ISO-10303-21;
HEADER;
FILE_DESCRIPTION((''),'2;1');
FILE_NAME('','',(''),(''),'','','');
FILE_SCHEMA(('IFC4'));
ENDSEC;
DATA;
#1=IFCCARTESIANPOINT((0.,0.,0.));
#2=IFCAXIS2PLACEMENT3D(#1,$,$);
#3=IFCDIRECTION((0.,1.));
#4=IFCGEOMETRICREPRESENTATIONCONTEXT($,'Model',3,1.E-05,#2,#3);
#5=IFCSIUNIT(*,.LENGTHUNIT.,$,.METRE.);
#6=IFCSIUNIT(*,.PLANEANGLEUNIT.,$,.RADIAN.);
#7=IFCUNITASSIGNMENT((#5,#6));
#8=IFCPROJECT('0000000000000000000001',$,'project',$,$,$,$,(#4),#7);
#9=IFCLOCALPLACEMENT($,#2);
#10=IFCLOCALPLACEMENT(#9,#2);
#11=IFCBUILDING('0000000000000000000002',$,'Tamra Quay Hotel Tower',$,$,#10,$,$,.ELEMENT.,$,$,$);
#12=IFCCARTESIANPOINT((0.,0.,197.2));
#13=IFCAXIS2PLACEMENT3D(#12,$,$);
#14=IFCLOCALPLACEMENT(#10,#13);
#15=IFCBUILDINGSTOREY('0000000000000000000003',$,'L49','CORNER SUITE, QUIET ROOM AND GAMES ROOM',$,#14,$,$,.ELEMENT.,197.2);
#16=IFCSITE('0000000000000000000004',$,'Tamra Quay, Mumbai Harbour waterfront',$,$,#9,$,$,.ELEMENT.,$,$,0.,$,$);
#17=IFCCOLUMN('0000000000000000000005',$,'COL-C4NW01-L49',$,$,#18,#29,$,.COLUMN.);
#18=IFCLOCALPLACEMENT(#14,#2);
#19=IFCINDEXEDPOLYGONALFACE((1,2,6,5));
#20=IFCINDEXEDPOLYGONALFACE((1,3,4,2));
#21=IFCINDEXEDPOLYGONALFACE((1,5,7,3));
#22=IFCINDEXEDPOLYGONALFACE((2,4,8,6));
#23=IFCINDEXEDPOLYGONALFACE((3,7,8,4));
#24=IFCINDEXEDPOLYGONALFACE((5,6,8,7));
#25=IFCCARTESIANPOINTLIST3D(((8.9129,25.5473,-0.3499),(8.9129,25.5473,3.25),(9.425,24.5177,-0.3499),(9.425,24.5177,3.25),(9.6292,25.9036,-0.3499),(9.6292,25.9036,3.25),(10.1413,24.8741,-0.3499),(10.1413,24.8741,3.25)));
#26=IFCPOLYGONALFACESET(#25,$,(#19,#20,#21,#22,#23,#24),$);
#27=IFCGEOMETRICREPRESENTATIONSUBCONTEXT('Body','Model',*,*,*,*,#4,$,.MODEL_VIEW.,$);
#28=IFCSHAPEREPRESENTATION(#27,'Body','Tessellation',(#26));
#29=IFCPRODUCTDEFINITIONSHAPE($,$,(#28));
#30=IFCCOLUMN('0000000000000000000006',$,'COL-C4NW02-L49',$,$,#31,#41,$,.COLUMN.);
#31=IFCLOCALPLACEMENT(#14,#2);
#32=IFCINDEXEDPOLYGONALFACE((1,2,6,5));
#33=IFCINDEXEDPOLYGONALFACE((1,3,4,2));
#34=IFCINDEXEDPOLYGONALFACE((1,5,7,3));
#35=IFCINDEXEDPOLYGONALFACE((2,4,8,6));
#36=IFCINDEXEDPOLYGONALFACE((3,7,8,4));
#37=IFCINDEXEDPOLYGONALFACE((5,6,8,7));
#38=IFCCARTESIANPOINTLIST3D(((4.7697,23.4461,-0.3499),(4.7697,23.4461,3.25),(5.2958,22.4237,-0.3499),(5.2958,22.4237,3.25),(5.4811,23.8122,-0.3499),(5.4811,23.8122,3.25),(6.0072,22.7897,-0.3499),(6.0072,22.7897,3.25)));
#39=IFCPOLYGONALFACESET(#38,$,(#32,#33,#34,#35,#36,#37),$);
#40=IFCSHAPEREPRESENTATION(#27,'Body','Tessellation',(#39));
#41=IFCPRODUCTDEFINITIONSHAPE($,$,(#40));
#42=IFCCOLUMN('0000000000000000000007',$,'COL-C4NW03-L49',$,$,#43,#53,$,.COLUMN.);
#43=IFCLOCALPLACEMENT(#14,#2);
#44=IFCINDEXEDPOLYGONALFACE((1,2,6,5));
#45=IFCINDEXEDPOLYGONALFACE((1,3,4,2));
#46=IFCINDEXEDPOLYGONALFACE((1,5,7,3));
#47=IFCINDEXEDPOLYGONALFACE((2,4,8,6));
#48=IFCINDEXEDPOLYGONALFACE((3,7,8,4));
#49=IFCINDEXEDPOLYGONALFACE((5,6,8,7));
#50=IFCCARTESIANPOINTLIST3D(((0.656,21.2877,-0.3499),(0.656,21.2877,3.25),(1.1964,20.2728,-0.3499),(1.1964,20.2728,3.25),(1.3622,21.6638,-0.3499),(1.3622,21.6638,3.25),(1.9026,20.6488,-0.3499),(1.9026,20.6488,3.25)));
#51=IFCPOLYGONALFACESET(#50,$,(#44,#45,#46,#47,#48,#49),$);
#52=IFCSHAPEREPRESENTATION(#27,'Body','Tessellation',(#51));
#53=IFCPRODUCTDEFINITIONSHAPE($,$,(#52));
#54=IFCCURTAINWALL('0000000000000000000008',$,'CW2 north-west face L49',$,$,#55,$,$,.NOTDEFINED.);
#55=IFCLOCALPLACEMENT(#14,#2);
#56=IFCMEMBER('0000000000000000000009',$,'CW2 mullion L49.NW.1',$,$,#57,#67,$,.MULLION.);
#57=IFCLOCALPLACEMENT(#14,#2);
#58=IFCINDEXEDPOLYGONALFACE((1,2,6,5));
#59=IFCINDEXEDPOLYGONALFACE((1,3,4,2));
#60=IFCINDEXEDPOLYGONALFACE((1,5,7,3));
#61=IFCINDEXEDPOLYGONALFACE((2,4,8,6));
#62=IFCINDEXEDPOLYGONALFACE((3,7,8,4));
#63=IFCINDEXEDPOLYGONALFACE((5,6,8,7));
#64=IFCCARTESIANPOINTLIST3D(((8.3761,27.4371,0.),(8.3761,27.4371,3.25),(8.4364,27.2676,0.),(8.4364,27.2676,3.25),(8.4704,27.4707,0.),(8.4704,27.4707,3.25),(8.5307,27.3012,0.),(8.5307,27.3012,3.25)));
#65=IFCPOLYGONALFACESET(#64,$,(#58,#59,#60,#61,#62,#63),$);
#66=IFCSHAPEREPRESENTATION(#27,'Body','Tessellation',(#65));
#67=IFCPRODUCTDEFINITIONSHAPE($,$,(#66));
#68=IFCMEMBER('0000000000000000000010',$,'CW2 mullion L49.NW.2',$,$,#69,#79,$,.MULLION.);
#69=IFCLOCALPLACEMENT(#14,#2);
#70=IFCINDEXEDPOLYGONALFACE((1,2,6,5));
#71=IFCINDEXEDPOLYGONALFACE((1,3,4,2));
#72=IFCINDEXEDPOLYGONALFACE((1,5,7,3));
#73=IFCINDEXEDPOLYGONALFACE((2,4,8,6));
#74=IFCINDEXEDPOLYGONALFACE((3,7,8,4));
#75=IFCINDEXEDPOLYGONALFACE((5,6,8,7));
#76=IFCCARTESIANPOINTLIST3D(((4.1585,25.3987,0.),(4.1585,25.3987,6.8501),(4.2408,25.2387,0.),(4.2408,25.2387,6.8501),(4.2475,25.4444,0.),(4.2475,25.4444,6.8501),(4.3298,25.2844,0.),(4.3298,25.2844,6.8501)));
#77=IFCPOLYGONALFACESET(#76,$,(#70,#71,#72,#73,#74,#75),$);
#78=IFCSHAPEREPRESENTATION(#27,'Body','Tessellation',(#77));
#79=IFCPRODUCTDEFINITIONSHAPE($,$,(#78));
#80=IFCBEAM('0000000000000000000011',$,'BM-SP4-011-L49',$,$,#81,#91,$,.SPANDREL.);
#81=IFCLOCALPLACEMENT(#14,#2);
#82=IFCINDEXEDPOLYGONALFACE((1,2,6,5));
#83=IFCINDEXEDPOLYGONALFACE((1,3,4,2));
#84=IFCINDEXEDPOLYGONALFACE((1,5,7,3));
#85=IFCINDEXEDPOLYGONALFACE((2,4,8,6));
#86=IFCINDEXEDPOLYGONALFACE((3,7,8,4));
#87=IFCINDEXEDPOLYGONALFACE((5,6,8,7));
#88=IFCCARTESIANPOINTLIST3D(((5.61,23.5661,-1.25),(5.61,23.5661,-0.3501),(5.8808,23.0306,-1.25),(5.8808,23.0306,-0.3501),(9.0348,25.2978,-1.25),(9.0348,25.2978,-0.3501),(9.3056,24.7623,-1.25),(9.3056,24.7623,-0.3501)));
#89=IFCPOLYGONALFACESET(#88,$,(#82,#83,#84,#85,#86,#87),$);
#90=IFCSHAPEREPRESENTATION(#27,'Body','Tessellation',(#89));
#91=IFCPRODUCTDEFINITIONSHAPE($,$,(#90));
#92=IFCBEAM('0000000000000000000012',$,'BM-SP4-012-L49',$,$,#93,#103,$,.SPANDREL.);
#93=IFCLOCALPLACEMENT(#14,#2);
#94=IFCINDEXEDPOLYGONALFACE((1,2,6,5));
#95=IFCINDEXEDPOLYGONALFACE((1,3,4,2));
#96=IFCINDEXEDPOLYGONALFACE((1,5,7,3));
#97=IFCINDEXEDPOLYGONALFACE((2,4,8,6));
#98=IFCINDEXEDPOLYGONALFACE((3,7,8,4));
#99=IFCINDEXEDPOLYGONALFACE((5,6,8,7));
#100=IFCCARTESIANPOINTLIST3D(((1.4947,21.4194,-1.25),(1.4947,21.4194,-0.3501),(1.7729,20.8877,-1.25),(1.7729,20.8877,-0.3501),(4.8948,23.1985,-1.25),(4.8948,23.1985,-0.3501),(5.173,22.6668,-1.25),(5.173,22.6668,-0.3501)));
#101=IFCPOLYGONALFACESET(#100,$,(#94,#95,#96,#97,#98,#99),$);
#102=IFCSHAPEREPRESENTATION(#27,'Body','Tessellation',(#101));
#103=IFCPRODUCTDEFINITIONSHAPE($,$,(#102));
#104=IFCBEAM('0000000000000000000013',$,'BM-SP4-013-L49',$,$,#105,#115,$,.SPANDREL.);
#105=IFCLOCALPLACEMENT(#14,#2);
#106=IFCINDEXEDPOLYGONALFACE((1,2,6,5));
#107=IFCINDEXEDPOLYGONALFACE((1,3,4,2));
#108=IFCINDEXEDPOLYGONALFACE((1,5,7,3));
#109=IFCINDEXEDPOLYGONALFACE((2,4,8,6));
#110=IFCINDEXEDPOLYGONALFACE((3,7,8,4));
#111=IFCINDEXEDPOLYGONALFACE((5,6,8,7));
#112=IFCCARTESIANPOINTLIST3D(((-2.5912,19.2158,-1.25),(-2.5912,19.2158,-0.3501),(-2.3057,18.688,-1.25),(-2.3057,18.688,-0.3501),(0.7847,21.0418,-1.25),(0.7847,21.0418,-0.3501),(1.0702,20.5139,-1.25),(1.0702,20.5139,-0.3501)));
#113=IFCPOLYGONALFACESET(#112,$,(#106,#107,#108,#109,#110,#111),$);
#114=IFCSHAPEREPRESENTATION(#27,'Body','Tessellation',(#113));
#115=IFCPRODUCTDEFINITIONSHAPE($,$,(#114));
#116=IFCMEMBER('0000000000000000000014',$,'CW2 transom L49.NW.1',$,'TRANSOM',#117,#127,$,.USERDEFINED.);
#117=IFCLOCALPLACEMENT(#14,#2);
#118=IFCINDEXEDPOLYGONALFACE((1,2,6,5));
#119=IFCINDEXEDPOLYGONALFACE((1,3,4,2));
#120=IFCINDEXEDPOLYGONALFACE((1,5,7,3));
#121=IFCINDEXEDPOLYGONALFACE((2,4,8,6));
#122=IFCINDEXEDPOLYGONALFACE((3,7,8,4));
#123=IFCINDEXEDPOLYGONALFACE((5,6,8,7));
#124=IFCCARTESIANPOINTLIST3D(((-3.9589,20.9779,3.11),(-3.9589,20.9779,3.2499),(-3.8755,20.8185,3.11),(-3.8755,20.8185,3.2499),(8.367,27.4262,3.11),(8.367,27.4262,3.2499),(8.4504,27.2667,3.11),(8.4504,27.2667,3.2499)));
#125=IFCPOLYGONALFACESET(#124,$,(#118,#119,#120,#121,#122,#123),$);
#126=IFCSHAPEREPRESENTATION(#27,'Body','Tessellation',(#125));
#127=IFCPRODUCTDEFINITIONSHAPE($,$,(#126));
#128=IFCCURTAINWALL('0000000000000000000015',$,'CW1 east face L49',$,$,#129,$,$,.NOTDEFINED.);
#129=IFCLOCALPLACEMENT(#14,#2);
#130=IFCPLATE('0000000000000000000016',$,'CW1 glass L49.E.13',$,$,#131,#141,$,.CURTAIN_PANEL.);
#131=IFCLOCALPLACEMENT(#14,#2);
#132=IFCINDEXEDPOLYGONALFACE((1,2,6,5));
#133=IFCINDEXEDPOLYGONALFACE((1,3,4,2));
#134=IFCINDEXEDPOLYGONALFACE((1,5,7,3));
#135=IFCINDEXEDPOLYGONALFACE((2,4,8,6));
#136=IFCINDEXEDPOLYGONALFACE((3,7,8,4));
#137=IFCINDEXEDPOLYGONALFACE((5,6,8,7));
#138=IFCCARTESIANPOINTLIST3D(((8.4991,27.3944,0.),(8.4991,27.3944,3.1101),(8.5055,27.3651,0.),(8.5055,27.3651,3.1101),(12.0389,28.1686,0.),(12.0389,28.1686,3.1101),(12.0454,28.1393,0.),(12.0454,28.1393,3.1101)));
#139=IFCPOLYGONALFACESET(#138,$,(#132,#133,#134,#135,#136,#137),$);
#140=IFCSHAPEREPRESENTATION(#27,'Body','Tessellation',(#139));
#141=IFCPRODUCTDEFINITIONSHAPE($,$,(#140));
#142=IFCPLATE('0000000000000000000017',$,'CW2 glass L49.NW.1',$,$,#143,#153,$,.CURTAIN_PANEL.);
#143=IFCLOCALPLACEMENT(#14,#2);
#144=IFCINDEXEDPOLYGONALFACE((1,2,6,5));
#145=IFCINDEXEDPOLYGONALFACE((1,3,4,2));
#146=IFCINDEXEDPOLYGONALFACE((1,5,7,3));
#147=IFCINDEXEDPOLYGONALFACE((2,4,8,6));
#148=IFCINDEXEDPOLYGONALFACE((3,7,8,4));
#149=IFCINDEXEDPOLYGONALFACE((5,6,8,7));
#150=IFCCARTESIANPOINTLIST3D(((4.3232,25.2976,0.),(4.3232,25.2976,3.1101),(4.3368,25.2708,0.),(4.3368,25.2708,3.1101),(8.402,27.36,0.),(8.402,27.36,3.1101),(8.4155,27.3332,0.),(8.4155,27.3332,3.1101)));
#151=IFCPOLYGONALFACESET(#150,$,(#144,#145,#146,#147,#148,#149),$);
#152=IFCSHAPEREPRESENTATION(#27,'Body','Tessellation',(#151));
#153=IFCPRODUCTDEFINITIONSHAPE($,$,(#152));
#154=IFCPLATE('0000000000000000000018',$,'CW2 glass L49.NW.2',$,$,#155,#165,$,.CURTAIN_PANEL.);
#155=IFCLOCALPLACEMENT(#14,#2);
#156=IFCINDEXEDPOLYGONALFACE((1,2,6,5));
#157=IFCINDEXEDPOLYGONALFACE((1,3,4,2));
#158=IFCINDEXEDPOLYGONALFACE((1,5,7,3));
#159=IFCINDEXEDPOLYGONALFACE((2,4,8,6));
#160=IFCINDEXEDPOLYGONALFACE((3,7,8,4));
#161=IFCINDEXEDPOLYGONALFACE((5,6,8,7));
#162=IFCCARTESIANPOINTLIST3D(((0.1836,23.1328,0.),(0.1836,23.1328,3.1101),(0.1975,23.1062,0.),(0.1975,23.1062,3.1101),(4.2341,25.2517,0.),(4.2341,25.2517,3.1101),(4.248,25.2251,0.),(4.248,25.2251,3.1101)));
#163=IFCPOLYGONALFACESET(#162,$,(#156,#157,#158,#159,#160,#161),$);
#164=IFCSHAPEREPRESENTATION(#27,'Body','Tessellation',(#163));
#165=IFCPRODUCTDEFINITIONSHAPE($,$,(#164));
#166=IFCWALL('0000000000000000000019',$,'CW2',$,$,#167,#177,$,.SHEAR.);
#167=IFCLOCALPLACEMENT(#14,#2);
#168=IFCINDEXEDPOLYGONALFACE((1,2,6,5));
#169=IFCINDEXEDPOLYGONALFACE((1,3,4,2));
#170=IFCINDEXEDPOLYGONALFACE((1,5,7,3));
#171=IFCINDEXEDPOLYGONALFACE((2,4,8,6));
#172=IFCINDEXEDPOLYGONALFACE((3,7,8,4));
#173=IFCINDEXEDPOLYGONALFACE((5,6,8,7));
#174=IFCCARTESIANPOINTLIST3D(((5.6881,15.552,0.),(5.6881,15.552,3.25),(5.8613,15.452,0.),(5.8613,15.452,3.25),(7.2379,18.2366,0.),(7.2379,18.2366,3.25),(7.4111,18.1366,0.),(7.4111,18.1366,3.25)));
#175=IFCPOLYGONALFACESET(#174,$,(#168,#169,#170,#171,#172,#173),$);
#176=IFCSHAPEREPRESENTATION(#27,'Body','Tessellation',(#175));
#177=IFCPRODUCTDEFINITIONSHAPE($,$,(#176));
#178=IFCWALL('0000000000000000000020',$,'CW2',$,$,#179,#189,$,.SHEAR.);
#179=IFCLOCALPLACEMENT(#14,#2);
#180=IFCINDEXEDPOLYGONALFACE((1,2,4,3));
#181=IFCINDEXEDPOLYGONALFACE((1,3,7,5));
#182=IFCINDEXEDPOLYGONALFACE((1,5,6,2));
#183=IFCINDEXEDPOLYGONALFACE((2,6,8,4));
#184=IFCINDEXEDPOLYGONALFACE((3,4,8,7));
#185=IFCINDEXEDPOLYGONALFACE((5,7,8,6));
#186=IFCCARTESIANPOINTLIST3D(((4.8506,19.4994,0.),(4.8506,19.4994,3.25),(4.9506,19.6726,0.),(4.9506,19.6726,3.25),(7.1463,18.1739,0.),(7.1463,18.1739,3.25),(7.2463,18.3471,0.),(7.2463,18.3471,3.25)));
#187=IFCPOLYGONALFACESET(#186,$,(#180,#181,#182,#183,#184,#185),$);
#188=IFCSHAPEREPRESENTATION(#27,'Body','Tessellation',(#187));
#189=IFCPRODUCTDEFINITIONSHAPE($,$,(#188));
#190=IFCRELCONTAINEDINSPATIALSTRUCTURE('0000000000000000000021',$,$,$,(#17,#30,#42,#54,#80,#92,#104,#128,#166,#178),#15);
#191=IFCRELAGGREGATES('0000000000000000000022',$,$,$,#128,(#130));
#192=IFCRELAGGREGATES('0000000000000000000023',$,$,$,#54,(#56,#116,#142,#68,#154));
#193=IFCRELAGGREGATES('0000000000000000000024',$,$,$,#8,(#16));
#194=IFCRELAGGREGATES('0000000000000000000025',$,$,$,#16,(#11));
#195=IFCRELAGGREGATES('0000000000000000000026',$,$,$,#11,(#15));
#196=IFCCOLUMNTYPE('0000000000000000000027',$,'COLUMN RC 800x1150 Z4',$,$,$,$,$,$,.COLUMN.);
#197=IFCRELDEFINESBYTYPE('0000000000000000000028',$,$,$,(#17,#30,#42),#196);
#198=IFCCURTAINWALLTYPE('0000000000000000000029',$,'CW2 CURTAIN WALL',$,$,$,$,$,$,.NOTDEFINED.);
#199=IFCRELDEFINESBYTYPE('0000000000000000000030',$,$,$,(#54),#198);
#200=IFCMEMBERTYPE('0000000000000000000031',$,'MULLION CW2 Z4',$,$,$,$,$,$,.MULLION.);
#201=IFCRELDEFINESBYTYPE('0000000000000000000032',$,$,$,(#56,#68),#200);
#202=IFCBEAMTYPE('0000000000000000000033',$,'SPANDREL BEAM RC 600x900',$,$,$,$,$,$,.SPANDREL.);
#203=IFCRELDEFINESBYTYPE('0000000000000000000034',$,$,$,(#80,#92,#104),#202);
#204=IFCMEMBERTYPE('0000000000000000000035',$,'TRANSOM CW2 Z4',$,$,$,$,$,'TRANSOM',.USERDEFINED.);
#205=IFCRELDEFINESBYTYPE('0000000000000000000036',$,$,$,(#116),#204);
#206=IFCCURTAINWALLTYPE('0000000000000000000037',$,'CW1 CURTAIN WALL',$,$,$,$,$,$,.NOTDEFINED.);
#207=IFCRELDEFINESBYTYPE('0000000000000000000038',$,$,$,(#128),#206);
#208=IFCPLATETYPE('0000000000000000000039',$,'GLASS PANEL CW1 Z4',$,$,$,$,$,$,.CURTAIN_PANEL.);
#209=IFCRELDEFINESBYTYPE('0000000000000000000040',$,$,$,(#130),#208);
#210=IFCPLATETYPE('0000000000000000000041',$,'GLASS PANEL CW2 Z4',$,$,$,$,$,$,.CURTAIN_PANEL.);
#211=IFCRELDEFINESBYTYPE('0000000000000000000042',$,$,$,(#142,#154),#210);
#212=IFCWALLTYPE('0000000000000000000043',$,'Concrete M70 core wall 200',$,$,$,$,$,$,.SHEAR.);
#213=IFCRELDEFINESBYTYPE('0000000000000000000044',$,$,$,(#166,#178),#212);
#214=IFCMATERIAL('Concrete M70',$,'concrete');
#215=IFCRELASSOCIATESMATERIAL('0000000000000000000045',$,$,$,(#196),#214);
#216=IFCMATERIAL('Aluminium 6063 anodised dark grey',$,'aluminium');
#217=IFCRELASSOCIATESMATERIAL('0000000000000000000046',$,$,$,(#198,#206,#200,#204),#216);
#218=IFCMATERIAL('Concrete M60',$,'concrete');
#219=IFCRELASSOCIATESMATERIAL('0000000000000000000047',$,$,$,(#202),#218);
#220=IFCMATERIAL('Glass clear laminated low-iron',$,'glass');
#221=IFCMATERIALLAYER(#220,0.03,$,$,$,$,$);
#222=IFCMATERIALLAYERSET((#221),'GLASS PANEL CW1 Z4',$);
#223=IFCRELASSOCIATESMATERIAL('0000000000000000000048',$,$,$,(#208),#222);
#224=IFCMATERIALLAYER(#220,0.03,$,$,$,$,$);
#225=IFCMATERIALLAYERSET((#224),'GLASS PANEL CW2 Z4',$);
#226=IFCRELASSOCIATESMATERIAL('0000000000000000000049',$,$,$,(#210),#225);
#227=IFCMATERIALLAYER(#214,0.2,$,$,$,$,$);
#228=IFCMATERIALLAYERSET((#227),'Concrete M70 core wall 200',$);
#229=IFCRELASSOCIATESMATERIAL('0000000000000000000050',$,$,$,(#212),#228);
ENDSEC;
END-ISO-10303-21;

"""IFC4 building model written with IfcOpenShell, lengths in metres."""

from ifc_helpers import new_model, si_unit, direction, frame, frame_2d, origin, origin_2d, place, context, subcontext, project, spatial, rectangle, extrude, material, layer, layer_set, material_profile, profile_set, type_object, element, aggregate, save


model = new_model("IFC4")

# Units and contexts
model_context = context("Model", 3, precision=1e-05, world=origin(), true_north=direction((0.0, 1.0)))
body_context = subcontext(model_context, "Body", "Model", "MODEL_VIEW")
ifc_project = project(units=[si_unit("LENGTHUNIT", "METRE"), si_unit("PLANEANGLEUNIT", "RADIAN")], contexts=[model_context])

# Site, building, storey
site_placement = place(None, origin())
site = spatial("IfcSite", under=ifc_project, at=site_placement, Name="Tamra Quay, Mumbai Harbour waterfront", CompositionType="ELEMENT", RefElevation=0.0)
building_placement = place(site_placement, origin())
building = spatial("IfcBuilding", under=site, at=building_placement, Name="Tamra Quay Hotel Tower", CompositionType="ELEMENT")
storey_placement = place(building_placement, frame((0.0, 0.0, 197.2)))
storey = spatial("IfcBuildingStorey", under=building, at=storey_placement, Name="L49", Description="CORNER SUITE, QUIET ROOM AND GAMES ROOM", CompositionType="ELEMENT", Elevation=197.2)

# Columns
ifc_material_1 = material(Name="Concrete M70", Category="concrete")
ifc_material_profile_1 = material_profile(ifc_material_1, rectangle(XDim=1.1499, YDim=0.8, at=origin_2d()), Name="COLUMN RC 800x1150 Z4")
ifc_profile_set_1 = profile_set([ifc_material_profile_1], Name="Concrete M70")
column_type = type_object("IfcColumnType", Name="COLUMN RC 800x1150 Z4", PredefinedType="COLUMN", material=ifc_profile_set_1)
for number, where, z_axis, x_axis, name in (
    (1, (9.5271, 25.2107, -0.3499), (0.0, 0.0, 1.0), (-0.445415, 0.895324, 0.0), "COL-C4NW01-L49"),
    (2, (5.3884, 23.1179, -0.3499), (0.0, 0.0, 1.0), (-0.457548, 0.889185, 0.0), "COL-C4NW02-L49"),
    (3, (1.2793, 20.9683, -0.3499), (0.0, 0.0, 1.0), (-0.470002, 0.882666, 0.0), "COL-C4NW03-L49"),
):
    element("IfcColumn", number, at=place(storey_placement, frame(where, z_axis=z_axis, x_axis=x_axis)), inside=storey, type_object=column_type, Name=name, PredefinedType="COLUMN", context=body_context, shape_type="SweptSolid", body=[
        extrude(rectangle(XDim=1.1499, YDim=0.8, at=origin_2d()), origin(), (0.0, 0.0, 1.0), 3.5999),
    ])

# Curtain wall, members
ifc_material_2 = material(Name="Aluminium 6063 anodised dark grey", Category="aluminium")
curtain_wall_type_1 = type_object("IfcCurtainWallType", Name="CW2 CURTAIN WALL", PredefinedType="NOTDEFINED", material=ifc_material_2)
curtain_wall_1_placement = place(storey_placement, origin())
curtain_wall_1 = element("IfcCurtainWall", 4, at=curtain_wall_1_placement, inside=storey, type_object=curtain_wall_type_1, Name="CW2 north-west face L49", PredefinedType="NOTDEFINED")
ifc_material_profile_2 = material_profile(ifc_material_2, rectangle(XDim=0.1799, YDim=0.1001, at=origin_2d()), Name="MULLION 100X180")
ifc_profile_set_2 = profile_set([ifc_material_profile_2], Name="Aluminium 6063 anodised dark grey")
member_type_1 = type_object("IfcMemberType", Name="MULLION CW2 Z4", PredefinedType="MULLION", material=ifc_profile_set_2)
member_1_placement = place(storey_placement, frame((8.4534, 27.3691, 0.0), z_axis=(0.0, 0.0, 1.0), x_axis=(-0.335128, 0.942172, 0.0)))
member_1 = element("IfcMember", 5, at=member_1_placement, type_object=member_type_1, Name="CW2 mullion L49.NW.1", PredefinedType="MULLION", context=body_context, shape_type="SweptSolid", body=[
    extrude(rectangle(XDim=0.1799, YDim=0.1001, at=origin_2d()), origin(), (0.0, 0.0, 1.0), 3.25),
])
member_2_placement = place(storey_placement, frame((4.2441, 25.3416, 0.0), z_axis=(0.0, 0.0, 1.0), x_axis=(-0.457401, 0.88926, 0.0)))
member_2 = element("IfcMember", 6, at=member_2_placement, type_object=member_type_1, Name="CW2 mullion L49.NW.2", PredefinedType="MULLION", context=body_context, shape_type="SweptSolid", body=[
    extrude(rectangle(XDim=0.1799, YDim=0.1001, at=origin_2d()), origin(), (0.0, 0.0, 1.0), 6.8501),
])

# Beams
ifc_material_3 = material(Name="Concrete M60", Category="concrete")
ifc_material_profile_3 = material_profile(ifc_material_3, rectangle(XDim=0.6001, YDim=0.8999, at=origin_2d()), Name="SPANDREL BEAM RC 600x900")
ifc_profile_set_3 = profile_set([ifc_material_profile_3], Name="Concrete M60")
beam_type = type_object("IfcBeamType", Name="SPANDREL BEAM RC 600x900", PredefinedType="SPANDREL", material=ifc_profile_set_3)
beam_1_placement = place(storey_placement, frame((9.1702, 25.03, -0.8), z_axis=(-0.892408, -0.45123, 0.0), x_axis=(0.45123, -0.892408, 0.0)))
element("IfcBeam", 7, at=beam_1_placement, inside=storey, type_object=beam_type, Name="BM-SP4-011-L49", PredefinedType="SPANDREL", context=body_context, shape_type="SweptSolid", body=[
    extrude(rectangle(XDim=0.6001, YDim=0.8999, at=origin_2d()), origin(), (0.0, 0.0, 1.0), 3.8376),
])
beam_2_placement = place(storey_placement, frame((5.0339, 22.9326, -0.8), z_axis=(-0.886043, -0.463603, 0.0), x_axis=(0.463603, -0.886043, 0.0)))
element("IfcBeam", 8, at=beam_2_placement, inside=storey, type_object=beam_type, Name="BM-SP4-012-L49", PredefinedType="SPANDREL", context=body_context, shape_type="SweptSolid", body=[
    extrude(rectangle(XDim=0.6001, YDim=0.8999, at=origin_2d()), origin(), (0.0, 0.0, 1.0), 3.8374),
])
beam_3_placement = place(storey_placement, frame((0.9275, 20.7778, -0.8), z_axis=(-0.879589, -0.475734, 0.0), x_axis=(0.475734, -0.879589, 0.0)))
element("IfcBeam", 9, at=beam_3_placement, inside=storey, type_object=beam_type, Name="BM-SP4-013-L49", PredefinedType="SPANDREL", context=body_context, shape_type="SweptSolid", body=[
    extrude(rectangle(XDim=0.6001, YDim=0.8999, at=origin_2d()), origin(), (0.0, 0.0, 1.0), 3.8381),
])

# Member
ifc_material_profile_4 = material_profile(ifc_material_2, rectangle(XDim=0.1799, YDim=0.1399, at=origin_2d()), Name="TRANSOM 180X140")
ifc_profile_set_4 = profile_set([ifc_material_profile_4], Name="Aluminium 6063 anodised dark grey")
member_type_2 = type_object("IfcMemberType", Name="TRANSOM CW2 Z4", ElementType="TRANSOM", PredefinedType="USERDEFINED", material=ifc_profile_set_4)
member_3_placement = place(storey_placement, frame((8.4087, 27.3464, 3.1799), z_axis=(-0.886074, -0.463545, 0.0), x_axis=(0.463545, -0.886074, 0.0)))
member_3 = element("IfcMember", 10, at=member_3_placement, type_object=member_type_2, Name="CW2 transom L49.NW.1", ObjectType="TRANSOM", PredefinedType="USERDEFINED", context=body_context, shape_type="SweptSolid", body=[
    extrude(rectangle(XDim=0.1799, YDim=0.1399, at=origin_2d()), origin(), (0.0, 0.0, 1.0), 13.9106),
])

# Curtain wall, plate
curtain_wall_type_2 = type_object("IfcCurtainWallType", Name="CW1 CURTAIN WALL", PredefinedType="NOTDEFINED", material=ifc_material_2)
curtain_wall_2_placement = place(storey_placement, origin())
curtain_wall_2 = element("IfcCurtainWall", 11, at=curtain_wall_2_placement, inside=storey, type_object=curtain_wall_type_2, Name="CW1 east face L49", PredefinedType="NOTDEFINED")
ifc_material_4 = material(Name="Glass clear laminated low-iron", Category="glass")
ifc_layer_1 = layer(ifc_material_4, 0.03)
ifc_layer_set_1 = layer_set([ifc_layer_1], Name="GLASS PANEL CW1 Z4")
plate_type_1 = type_object("IfcPlateType", Name="GLASS PANEL CW1 Z4", PredefinedType="CURTAIN_PANEL", material=ifc_layer_set_1)
plate_1_placement = place(storey_placement, frame((10.2722, 27.7668, 0.0), z_axis=(0.0, 0.0, 1.0), x_axis=(-0.976906, -0.213669, 0.0)))
plate_1 = element("IfcPlate", 12, at=plate_1_placement, type_object=plate_type_1, Name="CW1 glass L49.E.13", PredefinedType="CURTAIN_PANEL", context=body_context, shape_type="SweptSolid", body=[
    extrude(rectangle(XDim=3.6235, YDim=0.03, at=origin_2d()), origin(), (0.0, 0.0, 1.0), 3.1101),
])
aggregate(curtain_wall_2, [plate_1])

# Plates
ifc_layer_2 = layer(ifc_material_4, 0.03)
ifc_layer_set_2 = layer_set([ifc_layer_2], Name="GLASS PANEL CW2 Z4")
plate_type_2 = type_object("IfcPlateType", Name="GLASS PANEL CW2 Z4", PredefinedType="CURTAIN_PANEL", material=ifc_layer_set_2)
plate_2_placement = place(storey_placement, frame((6.3694, 26.3154, 0.0), z_axis=(0.0, 0.0, 1.0), x_axis=(-0.892403, -0.45124, 0.0)))
plate_2 = element("IfcPlate", 13, at=plate_2_placement, type_object=plate_type_2, Name="CW2 glass L49.NW.1", PredefinedType="CURTAIN_PANEL", context=body_context, shape_type="SweptSolid", body=[
    extrude(rectangle(XDim=4.5706, YDim=0.03, at=origin_2d()), origin(), (0.0, 0.0, 1.0), 3.1101),
])
plate_3_placement = place(storey_placement, frame((2.2158, 24.179, 0.0), z_axis=(0.0, 0.0, 1.0), x_axis=(-0.886075, -0.463541, 0.0)))
plate_3 = element("IfcPlate", 14, at=plate_3_placement, type_object=plate_type_2, Name="CW2 glass L49.NW.2", PredefinedType="CURTAIN_PANEL", context=body_context, shape_type="SweptSolid", body=[
    extrude(rectangle(XDim=4.5713, YDim=0.03, at=origin_2d()), origin(), (0.0, 0.0, 1.0), 3.1101),
])
aggregate(curtain_wall_1, [member_1, member_3, plate_2, member_2, plate_3])

# Walls
ifc_layer_3 = layer(ifc_material_1, 0.2)
ifc_layer_set_3 = layer_set([ifc_layer_3], Name="Concrete M70 core wall 200")
wall_type_1 = type_object("IfcWallType", Name="Concrete M70 core wall 200", PredefinedType="SHEAR", material=ifc_layer_set_3)
wall_1_placement = place(storey_placement, frame((7.3245, 18.1865, 0.0), z_axis=(0.0, 0.0, 1.0), x_axis=(-0.499968, -0.866044, 0.0)))
element("IfcWall", 15, at=wall_1_placement, inside=storey, type_object=wall_type_1, Name="CW2", PredefinedType="SHEAR", context=body_context, shape_type="SweptSolid", body=[
    extrude(rectangle(XDim=3.0999, YDim=0.2, at=frame_2d((1.5498, 0.0))), origin(), (0.0, 0.0, 1.0), 3.25),
])
wall_2_placement = place(storey_placement, frame((7.1963, 18.2605, 0.0), z_axis=(0.0, 0.0, 1.0), x_axis=(-0.866018, 0.500012, 0.0)))
element("IfcWall", 16, at=wall_2_placement, inside=storey, type_object=wall_type_1, Name="CW2", PredefinedType="SHEAR", context=body_context, shape_type="SweptSolid", body=[
    extrude(rectangle(XDim=2.6509, YDim=0.2, at=frame_2d((1.3254, 0.0))), origin(), (0.0, 0.0, 1.0), 3.25),
])

save(model, "model.ifc")
